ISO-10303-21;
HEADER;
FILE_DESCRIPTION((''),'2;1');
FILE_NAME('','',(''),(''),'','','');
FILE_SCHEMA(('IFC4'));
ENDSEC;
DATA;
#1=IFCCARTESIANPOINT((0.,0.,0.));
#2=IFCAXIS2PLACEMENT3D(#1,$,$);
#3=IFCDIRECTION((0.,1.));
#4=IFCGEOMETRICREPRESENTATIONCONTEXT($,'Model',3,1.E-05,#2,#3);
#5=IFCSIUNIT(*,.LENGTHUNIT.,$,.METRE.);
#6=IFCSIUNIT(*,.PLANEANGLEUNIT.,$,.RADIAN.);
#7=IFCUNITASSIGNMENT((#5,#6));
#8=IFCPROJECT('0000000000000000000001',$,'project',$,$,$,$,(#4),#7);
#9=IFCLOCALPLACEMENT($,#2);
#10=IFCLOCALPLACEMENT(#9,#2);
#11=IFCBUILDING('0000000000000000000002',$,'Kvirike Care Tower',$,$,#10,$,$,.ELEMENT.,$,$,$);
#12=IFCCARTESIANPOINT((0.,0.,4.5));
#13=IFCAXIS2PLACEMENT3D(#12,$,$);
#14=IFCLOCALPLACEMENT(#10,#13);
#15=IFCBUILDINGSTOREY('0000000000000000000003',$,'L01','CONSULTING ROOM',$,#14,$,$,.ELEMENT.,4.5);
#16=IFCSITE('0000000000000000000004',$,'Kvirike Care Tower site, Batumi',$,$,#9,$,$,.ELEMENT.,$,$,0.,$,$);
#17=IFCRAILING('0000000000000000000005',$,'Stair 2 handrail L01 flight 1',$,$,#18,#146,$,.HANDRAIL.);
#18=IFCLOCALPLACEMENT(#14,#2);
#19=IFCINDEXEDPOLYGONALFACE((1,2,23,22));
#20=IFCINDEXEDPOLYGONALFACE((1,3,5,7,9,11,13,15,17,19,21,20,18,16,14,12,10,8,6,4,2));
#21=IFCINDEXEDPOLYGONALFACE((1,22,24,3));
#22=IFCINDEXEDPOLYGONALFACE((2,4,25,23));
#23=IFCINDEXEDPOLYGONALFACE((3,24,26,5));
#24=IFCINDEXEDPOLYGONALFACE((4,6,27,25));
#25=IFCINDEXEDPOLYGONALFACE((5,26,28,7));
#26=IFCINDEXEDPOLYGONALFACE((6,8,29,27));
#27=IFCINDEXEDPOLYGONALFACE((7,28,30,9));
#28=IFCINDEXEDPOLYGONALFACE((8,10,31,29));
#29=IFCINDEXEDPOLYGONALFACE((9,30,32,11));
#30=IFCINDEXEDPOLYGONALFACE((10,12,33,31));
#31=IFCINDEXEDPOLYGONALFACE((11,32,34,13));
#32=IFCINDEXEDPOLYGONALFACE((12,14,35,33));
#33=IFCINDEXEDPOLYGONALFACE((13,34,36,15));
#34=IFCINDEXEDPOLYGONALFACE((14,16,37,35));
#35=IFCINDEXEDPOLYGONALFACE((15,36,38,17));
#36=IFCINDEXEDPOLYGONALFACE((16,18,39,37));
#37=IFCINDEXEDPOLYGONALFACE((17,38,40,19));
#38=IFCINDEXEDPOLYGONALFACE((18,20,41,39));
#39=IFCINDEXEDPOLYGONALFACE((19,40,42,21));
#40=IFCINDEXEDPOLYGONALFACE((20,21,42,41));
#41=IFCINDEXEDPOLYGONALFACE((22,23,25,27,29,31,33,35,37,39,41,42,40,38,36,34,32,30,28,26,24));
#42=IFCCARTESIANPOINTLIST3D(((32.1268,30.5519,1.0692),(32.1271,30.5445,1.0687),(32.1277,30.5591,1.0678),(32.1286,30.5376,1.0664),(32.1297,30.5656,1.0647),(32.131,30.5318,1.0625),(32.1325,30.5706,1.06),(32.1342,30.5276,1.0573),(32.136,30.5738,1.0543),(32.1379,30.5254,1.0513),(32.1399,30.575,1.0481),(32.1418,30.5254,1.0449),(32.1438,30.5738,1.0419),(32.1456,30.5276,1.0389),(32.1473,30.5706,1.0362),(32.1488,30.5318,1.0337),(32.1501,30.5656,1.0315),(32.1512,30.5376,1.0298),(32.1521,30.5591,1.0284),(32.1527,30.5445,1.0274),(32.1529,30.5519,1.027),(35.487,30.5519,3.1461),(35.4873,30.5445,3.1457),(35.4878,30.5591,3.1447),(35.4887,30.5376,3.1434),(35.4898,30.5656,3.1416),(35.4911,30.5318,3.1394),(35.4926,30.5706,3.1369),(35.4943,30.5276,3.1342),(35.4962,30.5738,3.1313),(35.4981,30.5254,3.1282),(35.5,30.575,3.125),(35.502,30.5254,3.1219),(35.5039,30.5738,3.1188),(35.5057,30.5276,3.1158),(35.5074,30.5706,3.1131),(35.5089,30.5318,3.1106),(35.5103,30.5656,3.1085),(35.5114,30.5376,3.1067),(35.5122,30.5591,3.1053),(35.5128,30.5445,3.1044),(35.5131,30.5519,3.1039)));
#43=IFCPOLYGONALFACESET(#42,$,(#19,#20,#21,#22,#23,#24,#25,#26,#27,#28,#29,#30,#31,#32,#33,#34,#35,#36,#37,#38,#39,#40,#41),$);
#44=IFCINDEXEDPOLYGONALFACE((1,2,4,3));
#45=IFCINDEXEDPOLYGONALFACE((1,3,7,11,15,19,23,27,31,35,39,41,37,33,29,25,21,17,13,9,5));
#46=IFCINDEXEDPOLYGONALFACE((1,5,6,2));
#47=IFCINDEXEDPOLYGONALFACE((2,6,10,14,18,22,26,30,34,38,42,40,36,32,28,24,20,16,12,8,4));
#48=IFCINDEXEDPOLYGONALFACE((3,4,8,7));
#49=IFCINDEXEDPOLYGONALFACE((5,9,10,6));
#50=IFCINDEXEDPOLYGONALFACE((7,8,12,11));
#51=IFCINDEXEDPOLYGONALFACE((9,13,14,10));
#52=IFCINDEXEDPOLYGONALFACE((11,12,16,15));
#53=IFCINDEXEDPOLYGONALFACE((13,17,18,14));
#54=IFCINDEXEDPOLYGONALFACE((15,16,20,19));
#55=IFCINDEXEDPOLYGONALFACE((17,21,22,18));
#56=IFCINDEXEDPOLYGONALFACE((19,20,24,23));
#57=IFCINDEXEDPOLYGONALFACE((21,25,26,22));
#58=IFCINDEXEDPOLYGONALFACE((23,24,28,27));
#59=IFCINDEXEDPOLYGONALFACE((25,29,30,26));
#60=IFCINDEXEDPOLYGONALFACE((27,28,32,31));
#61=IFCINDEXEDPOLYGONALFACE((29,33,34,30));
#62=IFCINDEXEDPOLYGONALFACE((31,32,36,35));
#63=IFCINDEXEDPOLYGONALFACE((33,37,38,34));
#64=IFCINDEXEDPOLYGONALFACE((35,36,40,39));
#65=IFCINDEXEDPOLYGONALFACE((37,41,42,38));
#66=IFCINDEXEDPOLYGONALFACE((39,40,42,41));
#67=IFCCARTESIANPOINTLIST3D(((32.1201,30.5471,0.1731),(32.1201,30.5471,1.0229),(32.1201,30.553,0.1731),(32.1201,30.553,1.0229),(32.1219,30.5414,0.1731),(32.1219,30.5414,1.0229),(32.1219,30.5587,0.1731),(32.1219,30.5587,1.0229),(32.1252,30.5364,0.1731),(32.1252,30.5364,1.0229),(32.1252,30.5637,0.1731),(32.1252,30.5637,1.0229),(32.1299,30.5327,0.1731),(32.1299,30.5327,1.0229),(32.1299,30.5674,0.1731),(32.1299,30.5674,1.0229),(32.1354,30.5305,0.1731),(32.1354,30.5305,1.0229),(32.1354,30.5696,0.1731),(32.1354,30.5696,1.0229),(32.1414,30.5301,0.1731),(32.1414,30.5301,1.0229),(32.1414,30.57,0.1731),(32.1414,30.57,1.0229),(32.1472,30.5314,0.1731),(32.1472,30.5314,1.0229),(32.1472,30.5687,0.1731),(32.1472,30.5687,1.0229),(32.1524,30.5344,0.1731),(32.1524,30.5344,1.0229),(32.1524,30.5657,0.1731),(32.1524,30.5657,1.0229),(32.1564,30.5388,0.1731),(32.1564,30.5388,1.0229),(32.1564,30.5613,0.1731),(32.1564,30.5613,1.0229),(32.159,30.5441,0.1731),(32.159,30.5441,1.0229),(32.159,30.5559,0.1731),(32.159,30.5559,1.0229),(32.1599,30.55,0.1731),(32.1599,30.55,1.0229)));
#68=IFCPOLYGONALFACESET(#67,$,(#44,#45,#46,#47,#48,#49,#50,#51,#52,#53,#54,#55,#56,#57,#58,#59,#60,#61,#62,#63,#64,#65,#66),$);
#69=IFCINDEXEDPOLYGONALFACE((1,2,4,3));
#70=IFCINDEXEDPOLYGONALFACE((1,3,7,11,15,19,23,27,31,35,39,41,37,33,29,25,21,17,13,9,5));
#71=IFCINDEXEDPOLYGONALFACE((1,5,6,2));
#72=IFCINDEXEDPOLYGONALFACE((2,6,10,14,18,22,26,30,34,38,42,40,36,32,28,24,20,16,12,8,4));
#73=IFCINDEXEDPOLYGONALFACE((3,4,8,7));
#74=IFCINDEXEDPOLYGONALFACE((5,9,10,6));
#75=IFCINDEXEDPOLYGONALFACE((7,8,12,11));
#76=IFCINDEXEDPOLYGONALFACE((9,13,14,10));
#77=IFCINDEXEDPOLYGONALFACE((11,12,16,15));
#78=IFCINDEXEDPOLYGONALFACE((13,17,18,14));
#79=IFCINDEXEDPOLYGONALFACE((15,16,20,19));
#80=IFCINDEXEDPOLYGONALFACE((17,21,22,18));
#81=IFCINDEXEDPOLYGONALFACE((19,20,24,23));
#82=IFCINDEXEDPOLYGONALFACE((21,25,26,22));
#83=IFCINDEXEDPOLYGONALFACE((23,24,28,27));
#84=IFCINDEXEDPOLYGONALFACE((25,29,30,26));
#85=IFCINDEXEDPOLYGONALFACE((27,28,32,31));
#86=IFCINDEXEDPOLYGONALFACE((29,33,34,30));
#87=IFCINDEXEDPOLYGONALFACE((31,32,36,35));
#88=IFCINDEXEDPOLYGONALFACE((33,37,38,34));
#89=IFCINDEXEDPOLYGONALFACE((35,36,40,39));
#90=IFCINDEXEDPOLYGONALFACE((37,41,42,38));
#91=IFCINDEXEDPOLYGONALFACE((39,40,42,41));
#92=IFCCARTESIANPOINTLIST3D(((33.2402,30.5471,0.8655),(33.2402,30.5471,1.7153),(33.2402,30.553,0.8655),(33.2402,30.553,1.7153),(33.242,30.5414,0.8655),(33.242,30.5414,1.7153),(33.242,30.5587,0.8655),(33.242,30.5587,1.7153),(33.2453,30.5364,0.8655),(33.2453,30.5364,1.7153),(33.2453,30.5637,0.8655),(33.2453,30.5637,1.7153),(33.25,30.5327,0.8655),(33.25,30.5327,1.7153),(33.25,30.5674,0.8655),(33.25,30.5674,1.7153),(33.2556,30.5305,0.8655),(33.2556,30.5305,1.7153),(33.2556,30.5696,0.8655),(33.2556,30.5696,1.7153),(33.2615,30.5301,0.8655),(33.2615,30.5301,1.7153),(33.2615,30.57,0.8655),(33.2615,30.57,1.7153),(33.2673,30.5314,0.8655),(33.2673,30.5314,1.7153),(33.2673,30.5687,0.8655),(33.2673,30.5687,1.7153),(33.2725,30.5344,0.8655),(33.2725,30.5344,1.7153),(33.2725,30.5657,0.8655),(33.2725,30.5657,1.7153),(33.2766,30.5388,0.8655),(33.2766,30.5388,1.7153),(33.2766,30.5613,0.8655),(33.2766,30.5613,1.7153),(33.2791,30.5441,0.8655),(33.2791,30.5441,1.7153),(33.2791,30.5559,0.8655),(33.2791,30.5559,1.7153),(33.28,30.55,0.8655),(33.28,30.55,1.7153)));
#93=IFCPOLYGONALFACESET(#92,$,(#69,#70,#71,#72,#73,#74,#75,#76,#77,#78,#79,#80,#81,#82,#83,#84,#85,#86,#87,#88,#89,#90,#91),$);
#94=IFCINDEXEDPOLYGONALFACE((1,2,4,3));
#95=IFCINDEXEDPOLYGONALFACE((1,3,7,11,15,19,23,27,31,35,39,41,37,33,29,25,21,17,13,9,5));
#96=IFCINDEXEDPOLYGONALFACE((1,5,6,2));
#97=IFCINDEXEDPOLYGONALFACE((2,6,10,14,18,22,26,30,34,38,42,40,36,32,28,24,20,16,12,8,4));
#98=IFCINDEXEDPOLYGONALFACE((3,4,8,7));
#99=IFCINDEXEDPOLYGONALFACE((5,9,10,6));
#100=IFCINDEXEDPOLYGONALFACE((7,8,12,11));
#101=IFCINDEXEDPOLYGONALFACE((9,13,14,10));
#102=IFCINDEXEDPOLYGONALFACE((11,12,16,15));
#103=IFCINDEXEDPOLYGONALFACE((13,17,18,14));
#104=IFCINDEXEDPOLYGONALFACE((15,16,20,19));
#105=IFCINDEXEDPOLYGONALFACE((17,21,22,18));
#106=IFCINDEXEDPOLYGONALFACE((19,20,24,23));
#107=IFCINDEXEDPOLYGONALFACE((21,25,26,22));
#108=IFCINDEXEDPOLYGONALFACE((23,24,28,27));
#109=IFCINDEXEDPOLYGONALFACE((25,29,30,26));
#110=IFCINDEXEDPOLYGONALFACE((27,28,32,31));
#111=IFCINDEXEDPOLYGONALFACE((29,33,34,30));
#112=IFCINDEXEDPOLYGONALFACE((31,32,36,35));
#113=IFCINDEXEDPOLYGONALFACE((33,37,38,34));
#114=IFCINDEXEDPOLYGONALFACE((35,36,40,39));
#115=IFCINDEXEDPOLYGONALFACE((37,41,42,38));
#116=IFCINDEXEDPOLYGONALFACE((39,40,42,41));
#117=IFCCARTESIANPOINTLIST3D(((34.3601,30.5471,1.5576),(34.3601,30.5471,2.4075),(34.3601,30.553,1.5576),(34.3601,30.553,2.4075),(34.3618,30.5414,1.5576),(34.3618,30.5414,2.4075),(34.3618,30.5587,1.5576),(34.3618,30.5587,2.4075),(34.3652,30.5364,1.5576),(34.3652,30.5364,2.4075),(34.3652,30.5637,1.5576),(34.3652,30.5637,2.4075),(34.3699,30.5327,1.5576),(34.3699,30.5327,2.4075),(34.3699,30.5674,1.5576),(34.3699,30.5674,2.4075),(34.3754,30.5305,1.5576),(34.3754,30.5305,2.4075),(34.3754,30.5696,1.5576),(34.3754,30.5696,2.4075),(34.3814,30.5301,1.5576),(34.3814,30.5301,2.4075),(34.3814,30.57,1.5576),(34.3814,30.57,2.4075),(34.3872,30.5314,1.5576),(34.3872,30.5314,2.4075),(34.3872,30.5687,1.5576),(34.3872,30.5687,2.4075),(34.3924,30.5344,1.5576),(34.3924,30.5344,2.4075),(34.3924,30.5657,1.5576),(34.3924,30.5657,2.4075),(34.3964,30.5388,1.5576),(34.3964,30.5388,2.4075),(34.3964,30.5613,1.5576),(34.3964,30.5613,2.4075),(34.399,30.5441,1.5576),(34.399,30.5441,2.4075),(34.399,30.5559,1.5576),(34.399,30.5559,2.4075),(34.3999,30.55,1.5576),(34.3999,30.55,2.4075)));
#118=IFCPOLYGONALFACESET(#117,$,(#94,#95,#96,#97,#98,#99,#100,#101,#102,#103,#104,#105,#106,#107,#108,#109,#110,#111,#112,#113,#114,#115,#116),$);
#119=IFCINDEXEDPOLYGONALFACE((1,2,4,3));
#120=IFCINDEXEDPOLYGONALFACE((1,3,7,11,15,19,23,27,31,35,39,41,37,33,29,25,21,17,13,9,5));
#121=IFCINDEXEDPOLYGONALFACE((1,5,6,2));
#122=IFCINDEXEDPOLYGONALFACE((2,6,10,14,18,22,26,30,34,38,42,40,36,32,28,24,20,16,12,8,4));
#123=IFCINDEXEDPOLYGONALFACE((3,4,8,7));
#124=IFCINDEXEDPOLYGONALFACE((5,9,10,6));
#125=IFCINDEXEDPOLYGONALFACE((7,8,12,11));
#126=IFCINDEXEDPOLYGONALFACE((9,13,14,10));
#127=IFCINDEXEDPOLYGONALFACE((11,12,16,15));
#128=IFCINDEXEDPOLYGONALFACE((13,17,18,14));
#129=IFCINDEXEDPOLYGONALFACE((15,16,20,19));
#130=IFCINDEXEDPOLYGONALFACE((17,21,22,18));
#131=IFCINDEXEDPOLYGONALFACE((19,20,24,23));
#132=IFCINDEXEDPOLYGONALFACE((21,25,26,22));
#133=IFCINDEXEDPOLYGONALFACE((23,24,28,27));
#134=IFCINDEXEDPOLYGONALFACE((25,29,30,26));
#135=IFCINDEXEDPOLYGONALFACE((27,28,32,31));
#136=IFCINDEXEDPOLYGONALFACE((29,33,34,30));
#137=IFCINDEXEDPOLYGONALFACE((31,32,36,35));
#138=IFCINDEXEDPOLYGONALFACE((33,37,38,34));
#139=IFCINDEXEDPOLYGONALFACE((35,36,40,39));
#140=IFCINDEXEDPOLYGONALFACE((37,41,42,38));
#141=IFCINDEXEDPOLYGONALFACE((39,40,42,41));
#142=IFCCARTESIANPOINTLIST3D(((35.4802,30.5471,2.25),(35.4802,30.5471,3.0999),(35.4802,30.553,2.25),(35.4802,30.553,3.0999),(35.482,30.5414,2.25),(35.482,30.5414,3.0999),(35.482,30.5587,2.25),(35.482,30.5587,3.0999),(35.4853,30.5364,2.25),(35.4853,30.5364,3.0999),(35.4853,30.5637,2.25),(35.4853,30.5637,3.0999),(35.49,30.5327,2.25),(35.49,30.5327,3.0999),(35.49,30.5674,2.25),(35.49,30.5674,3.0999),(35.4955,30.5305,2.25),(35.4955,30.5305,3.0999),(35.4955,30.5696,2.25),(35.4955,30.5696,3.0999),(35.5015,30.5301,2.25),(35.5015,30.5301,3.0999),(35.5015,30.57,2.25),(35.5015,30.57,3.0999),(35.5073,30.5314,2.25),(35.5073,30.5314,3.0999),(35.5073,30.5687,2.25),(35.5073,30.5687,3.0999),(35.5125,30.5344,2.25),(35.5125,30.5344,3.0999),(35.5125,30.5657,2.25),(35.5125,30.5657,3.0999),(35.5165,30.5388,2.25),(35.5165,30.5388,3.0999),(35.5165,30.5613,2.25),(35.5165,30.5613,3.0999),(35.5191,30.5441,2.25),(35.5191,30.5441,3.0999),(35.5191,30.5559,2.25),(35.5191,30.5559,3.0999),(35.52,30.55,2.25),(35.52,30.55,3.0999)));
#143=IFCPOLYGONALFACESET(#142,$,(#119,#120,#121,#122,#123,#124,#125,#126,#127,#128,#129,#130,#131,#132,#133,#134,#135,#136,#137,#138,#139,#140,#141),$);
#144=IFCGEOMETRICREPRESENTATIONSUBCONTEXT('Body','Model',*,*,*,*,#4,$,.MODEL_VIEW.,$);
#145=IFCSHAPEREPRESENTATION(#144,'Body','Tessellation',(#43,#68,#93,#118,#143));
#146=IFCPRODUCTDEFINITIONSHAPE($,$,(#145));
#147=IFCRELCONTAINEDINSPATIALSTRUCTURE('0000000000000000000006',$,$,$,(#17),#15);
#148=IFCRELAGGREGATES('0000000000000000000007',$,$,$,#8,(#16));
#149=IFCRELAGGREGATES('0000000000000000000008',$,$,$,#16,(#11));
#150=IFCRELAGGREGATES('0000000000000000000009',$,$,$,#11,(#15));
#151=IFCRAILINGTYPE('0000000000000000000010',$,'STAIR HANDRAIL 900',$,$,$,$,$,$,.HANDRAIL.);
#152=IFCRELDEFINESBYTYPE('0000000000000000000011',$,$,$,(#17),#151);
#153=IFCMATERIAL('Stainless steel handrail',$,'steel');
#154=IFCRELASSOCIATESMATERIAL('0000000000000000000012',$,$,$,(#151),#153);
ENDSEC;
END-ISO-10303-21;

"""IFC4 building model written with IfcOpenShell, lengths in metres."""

from ifc_helpers import new_model, si_unit, direction, frame, origin, origin_2d, place, context, subcontext, project, spatial, circle, extrude, material, type_object, element, save


model = new_model("IFC4")

# Units and contexts
model_context = context("Model", 3, precision=1e-05, world=origin(), true_north=direction((0.0, 1.0)))
body_context = subcontext(model_context, "Body", "Model", "MODEL_VIEW")
ifc_project = project(units=[si_unit("LENGTHUNIT", "METRE"), si_unit("PLANEANGLEUNIT", "RADIAN")], contexts=[model_context])

# Site, building, storey
site_placement = place(None, origin())
site = spatial("IfcSite", under=ifc_project, at=site_placement, Name="Kvirike Care Tower site, Batumi", CompositionType="ELEMENT", RefElevation=0.0)
building_placement = place(site_placement, origin())
building = spatial("IfcBuilding", under=site, at=building_placement, Name="Kvirike Care Tower", CompositionType="ELEMENT")
storey_placement = place(building_placement, frame((0.0, 0.0, 4.5)))
storey = spatial("IfcBuildingStorey", under=building, at=storey_placement, Name="L01", Description="CONSULTING ROOM", CompositionType="ELEMENT", Elevation=4.5)

# Railing
ifc_material_1 = material(Name="Stainless steel handrail", Category="steel")
railing_type = type_object("IfcRailingType", Name="STAIR HANDRAIL 900", PredefinedType="HANDRAIL", material=ifc_material_1)
railing_1_placement = place(storey_placement, frame((32.1399, 30.55, 0.1731)))
element("IfcRailing", 1, at=railing_1_placement, inside=storey, type_object=railing_type, Name="Stair 2 handrail L01 flight 1", PredefinedType="HANDRAIL", context=body_context, shape_type="SweptSolid", body=[
    extrude(circle(Radius=0.0249, at=origin_2d()), frame((0.0, 0.0, 0.875), z_axis=(0.850623, 0.0, 0.525776), x_axis=(0.0, 1.0, 0.0)), (0.0, 0.0, 1.0), 3.9502),
    extrude(circle(Radius=0.02, at=origin_2d()), origin(), (0.0, 0.0, 1.0), 0.8499),
    extrude(circle(Radius=0.02, at=origin_2d()), frame((1.1201, 0.0, 0.6924)), (0.0, 0.0, 1.0), 0.8499),
    extrude(circle(Radius=0.02, at=origin_2d()), frame((2.24, 0.0, 1.3845)), (0.0, 0.0, 1.0), 0.8499),
    extrude(circle(Radius=0.02, at=origin_2d()), frame((3.3601, 0.0, 2.0769)), (0.0, 0.0, 1.0), 0.8499),
])

save(model, "model.ifc")
